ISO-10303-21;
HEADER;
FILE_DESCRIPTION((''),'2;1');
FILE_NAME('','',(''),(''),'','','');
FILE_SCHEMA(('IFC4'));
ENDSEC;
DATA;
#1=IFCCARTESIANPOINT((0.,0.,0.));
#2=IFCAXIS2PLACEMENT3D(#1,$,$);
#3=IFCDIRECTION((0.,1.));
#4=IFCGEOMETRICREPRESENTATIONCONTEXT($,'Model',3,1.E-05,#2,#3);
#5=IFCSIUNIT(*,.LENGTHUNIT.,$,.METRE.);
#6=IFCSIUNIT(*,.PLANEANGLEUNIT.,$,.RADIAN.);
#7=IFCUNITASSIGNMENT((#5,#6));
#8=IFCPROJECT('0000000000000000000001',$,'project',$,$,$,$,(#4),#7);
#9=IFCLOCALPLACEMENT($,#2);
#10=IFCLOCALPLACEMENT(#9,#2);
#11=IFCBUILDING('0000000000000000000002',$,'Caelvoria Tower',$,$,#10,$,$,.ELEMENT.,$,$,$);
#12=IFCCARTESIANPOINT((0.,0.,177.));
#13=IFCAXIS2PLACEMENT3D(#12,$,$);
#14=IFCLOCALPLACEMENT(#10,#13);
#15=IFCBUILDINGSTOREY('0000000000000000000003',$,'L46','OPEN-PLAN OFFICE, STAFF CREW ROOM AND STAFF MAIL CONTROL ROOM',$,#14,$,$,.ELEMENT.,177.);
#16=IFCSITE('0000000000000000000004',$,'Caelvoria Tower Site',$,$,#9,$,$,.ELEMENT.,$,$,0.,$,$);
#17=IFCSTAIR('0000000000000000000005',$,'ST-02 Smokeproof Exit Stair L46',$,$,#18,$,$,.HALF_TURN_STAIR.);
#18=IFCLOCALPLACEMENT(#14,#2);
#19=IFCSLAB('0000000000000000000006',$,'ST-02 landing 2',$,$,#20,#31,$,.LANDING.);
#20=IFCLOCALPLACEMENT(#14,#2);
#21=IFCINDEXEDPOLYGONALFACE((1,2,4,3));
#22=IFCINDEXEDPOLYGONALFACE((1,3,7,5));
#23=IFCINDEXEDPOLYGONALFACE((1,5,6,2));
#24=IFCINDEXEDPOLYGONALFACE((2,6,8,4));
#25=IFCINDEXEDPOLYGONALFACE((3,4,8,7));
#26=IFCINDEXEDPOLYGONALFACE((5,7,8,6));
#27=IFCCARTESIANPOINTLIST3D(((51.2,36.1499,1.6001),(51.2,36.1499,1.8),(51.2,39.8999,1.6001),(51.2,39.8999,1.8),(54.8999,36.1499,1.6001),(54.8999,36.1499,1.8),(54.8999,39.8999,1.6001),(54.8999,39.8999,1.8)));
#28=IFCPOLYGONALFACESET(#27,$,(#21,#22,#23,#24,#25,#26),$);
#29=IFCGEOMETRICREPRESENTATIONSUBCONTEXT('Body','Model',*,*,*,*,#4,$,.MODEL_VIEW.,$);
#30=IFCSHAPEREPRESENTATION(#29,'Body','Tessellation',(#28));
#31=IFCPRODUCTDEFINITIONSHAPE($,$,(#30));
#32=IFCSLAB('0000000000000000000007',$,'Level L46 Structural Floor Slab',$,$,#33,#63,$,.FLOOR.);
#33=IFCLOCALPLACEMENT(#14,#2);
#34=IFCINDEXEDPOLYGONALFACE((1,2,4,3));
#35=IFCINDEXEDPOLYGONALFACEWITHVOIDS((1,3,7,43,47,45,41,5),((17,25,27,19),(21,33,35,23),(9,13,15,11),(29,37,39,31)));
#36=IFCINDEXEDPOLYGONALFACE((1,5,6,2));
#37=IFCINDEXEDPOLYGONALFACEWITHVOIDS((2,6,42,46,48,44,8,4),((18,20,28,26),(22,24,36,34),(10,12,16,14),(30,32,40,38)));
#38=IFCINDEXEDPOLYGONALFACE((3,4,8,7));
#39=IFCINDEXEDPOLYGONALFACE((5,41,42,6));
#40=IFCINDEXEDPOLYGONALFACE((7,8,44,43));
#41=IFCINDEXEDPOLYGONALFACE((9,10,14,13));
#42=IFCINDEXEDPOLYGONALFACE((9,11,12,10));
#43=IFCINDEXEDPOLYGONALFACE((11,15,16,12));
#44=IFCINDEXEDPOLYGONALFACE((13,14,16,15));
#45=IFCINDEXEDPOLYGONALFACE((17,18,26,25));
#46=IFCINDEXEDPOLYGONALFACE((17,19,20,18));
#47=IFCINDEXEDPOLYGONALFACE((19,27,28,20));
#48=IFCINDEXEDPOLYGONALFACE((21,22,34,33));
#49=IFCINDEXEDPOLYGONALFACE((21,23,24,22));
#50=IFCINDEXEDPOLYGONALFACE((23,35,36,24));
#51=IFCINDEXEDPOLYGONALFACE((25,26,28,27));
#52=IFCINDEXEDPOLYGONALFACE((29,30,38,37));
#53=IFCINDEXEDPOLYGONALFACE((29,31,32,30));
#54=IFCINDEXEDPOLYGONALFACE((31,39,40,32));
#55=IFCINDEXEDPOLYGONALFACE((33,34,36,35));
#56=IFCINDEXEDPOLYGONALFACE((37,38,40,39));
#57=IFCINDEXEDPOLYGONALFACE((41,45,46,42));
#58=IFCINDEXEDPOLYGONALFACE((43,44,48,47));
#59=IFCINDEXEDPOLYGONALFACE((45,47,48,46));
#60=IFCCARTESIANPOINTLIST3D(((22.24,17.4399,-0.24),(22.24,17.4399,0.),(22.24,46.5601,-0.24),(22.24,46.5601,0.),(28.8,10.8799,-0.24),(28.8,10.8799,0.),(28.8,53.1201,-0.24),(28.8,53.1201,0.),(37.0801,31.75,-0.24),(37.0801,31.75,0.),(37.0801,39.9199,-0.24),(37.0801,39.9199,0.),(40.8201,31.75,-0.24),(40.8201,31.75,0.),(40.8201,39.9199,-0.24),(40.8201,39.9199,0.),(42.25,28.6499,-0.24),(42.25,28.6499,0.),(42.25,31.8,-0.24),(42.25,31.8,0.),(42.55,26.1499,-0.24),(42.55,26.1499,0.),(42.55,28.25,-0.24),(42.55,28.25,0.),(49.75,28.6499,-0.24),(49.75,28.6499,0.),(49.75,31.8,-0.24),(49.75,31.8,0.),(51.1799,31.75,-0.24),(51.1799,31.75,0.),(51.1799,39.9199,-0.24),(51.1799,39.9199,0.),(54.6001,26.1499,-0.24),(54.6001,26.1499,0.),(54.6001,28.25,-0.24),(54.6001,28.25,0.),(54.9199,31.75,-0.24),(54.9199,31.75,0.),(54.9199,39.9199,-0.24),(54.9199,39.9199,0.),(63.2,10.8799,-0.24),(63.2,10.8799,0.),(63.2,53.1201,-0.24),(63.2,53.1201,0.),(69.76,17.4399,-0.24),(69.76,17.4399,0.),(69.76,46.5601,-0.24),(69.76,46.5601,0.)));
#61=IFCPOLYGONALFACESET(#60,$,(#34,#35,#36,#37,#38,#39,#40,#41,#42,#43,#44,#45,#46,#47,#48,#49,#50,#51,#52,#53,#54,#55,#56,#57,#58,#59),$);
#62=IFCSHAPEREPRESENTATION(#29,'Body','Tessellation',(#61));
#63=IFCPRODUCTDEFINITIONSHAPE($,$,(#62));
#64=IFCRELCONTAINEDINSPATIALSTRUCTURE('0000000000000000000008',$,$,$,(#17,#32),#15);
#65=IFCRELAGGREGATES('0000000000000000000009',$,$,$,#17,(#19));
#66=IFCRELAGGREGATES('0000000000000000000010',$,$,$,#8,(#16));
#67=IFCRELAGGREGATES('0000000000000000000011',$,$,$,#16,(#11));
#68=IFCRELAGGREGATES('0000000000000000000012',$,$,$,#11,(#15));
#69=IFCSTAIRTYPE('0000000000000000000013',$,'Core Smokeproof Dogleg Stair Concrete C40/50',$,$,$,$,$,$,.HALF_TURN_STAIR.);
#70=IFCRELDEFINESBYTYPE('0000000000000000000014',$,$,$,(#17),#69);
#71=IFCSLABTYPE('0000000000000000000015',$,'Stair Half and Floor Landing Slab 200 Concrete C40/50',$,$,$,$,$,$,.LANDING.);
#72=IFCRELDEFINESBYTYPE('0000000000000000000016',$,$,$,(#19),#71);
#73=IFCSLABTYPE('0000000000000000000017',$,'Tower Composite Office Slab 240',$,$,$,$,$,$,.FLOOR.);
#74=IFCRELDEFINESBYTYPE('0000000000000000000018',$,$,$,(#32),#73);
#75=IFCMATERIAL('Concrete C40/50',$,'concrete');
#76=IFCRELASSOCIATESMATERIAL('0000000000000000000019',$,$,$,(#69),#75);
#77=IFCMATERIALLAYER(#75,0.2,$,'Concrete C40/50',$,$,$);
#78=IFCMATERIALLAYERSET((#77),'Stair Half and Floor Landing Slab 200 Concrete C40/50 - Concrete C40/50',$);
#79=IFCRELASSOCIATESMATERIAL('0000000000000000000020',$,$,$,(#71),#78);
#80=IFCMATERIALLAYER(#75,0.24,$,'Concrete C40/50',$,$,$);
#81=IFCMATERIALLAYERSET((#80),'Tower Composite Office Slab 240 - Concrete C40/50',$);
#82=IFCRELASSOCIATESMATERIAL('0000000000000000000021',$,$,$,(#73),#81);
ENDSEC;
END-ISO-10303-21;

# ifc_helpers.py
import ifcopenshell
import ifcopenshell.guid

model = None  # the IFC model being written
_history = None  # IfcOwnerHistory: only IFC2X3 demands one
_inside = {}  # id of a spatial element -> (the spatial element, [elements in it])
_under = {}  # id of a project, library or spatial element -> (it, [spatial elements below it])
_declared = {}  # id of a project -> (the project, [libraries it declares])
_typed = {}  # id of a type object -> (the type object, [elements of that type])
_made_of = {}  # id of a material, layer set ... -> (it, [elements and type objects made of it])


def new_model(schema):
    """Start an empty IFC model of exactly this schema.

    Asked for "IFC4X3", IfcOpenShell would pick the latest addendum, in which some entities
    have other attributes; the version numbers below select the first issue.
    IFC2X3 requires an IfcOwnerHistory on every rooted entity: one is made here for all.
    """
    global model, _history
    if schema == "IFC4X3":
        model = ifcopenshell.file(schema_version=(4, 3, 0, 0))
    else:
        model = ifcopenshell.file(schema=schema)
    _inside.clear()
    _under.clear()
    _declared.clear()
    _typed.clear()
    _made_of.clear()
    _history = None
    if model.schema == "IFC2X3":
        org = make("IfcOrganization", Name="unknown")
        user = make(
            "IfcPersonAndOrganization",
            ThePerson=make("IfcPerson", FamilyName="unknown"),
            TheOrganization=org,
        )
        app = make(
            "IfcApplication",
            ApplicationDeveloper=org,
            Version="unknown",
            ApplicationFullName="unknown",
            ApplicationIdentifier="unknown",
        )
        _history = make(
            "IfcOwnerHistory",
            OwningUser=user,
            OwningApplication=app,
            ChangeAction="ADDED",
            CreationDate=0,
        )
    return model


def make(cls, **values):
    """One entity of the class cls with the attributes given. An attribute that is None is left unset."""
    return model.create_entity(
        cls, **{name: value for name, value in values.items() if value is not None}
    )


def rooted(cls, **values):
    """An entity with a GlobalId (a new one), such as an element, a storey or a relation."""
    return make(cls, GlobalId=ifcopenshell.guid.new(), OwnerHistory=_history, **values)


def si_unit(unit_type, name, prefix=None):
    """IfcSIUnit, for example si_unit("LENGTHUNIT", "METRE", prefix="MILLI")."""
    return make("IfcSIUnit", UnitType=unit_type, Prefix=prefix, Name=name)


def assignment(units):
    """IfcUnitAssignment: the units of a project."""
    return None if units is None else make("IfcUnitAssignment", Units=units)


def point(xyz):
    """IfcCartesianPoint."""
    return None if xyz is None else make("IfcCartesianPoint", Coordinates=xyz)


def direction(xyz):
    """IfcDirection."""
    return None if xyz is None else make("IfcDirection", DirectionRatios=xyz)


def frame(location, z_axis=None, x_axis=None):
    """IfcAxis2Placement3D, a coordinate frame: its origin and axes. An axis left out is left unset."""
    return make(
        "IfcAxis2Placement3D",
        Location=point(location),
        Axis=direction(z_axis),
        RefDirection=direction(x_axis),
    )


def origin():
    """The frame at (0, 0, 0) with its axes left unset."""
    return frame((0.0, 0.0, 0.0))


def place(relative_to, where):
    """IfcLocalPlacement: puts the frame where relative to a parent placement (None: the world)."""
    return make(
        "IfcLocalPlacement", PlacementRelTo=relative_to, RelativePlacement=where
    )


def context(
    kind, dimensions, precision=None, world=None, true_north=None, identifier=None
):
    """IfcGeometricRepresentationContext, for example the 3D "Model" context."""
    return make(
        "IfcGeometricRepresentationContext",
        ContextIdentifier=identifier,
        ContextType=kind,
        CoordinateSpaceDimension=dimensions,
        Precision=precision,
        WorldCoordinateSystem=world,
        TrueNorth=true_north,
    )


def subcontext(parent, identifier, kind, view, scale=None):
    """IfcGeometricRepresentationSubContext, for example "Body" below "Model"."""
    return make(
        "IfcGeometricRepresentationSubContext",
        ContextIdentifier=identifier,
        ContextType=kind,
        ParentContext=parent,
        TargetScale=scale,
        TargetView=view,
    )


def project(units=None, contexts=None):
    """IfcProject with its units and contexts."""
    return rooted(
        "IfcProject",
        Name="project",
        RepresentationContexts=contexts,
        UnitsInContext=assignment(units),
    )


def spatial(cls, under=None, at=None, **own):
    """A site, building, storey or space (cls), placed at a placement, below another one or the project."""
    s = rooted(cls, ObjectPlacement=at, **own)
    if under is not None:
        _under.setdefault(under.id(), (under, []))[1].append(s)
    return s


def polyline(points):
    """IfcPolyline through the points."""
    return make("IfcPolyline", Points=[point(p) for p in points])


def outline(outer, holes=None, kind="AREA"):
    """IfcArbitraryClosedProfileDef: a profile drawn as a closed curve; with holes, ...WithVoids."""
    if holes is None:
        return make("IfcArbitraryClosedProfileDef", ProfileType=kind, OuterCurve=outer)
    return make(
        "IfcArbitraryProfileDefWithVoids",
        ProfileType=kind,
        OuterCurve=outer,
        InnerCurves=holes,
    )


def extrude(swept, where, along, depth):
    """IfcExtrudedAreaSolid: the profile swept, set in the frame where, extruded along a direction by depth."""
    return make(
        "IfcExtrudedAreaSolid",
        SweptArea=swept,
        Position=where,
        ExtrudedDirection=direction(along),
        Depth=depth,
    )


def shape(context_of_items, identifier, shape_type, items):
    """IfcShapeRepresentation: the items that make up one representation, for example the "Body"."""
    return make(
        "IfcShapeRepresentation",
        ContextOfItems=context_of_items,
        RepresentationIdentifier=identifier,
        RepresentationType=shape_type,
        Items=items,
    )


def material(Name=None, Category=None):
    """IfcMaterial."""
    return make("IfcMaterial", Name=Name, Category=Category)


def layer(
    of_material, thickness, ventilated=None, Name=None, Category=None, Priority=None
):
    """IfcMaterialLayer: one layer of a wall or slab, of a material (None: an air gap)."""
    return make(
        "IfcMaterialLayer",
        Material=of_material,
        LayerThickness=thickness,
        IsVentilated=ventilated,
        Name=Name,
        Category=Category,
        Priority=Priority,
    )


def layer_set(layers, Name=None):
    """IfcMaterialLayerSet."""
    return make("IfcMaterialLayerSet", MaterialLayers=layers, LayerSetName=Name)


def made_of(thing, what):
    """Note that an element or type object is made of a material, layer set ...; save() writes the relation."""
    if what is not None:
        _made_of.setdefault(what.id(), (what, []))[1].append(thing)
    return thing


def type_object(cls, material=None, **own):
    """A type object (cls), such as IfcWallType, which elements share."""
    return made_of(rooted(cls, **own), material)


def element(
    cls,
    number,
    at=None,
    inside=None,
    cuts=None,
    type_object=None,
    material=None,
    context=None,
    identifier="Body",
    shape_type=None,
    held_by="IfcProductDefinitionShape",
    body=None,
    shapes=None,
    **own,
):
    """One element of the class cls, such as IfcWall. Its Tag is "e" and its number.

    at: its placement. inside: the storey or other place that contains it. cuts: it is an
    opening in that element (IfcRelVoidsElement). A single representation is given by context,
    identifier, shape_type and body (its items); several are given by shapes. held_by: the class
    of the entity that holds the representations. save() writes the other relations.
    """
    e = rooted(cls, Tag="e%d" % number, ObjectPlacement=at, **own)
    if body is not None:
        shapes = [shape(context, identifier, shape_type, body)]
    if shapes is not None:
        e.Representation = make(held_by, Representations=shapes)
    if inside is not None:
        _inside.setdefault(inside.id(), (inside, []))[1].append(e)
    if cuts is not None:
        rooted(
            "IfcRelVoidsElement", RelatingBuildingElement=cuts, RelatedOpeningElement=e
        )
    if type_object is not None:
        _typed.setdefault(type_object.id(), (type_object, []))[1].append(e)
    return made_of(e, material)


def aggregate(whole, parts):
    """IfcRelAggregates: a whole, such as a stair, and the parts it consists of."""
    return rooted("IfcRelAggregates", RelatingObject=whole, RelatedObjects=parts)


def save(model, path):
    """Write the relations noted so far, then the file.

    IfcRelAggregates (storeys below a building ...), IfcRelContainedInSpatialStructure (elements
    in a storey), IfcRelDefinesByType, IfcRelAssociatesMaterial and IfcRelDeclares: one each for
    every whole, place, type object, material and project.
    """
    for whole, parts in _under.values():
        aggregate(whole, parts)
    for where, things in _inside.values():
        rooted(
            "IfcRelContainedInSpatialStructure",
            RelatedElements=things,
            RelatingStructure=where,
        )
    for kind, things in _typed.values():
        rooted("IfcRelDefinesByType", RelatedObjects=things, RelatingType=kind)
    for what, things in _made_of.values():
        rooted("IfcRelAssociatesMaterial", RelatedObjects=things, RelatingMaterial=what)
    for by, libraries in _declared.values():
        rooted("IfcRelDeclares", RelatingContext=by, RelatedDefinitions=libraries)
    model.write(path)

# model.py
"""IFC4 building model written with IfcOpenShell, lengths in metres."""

from ifc_helpers import new_model, si_unit, direction, frame, origin, place, context, subcontext, project, spatial, polyline, outline, extrude, material, layer, layer_set, type_object, element, aggregate, save


model = new_model("IFC4")

# Units and contexts
model_context = context("Model", 3, precision=1e-05, world=origin(), true_north=direction((0.0, 1.0)))
body_context = subcontext(model_context, "Body", "Model", "MODEL_VIEW")
ifc_project = project(units=[si_unit("LENGTHUNIT", "METRE"), si_unit("PLANEANGLEUNIT", "RADIAN")], contexts=[model_context])

# Site, building, storey
site_placement = place(None, origin())
site = spatial("IfcSite", under=ifc_project, at=site_placement, Name="Caelvoria Tower Site", CompositionType="ELEMENT", RefElevation=0.0)
building_placement = place(site_placement, origin())
building = spatial("IfcBuilding", under=site, at=building_placement, Name="Caelvoria Tower", CompositionType="ELEMENT")
storey_placement = place(building_placement, frame((0.0, 0.0, 177.0)))
storey = spatial("IfcBuildingStorey", under=building, at=storey_placement, Name="L46", Description="OPEN-PLAN OFFICE, STAFF CREW ROOM AND STAFF MAIL CONTROL ROOM", CompositionType="ELEMENT", Elevation=177.0)

# Stair, slab
ifc_material_1 = material(Name="Concrete C40/50", Category="concrete")
stair_type = type_object("IfcStairType", Name="Core Smokeproof Dogleg Stair Concrete C40/50", PredefinedType="HALF_TURN_STAIR", material=ifc_material_1)
ifc_layer_1 = layer(ifc_material_1, 0.2, Name="Concrete C40/50")
ifc_layer_set_1 = layer_set([ifc_layer_1], Name="Stair Half and Floor Landing Slab 200 Concrete C40/50 - Concrete C40/50")
slab_type_1 = type_object("IfcSlabType", Name="Stair Half and Floor Landing Slab 200 Concrete C40/50", PredefinedType="LANDING", material=ifc_layer_set_1)
stair_1_placement = place(storey_placement, origin())
stair_1 = element("IfcStair", 1, at=stair_1_placement, inside=storey, type_object=stair_type, Name="ST-02 Smokeproof Exit Stair L46", PredefinedType="HALF_TURN_STAIR")
slab_1_placement = place(storey_placement, frame((0.0, 0.0, 1.6001)))
slab_1 = element("IfcSlab", 2, at=slab_1_placement, type_object=slab_type_1, Name="ST-02 landing 2", PredefinedType="LANDING", context=body_context, shape_type="SweptSolid", body=[
    extrude(outline(polyline([(51.2, 36.1499), (54.8999, 36.1499), (54.8999, 39.8999), (51.2, 39.8999), (51.2, 36.1499)])), origin(), (0.0, 0.0, 1.0), 0.2),
])
aggregate(stair_1, [slab_1])

# Slab
ifc_layer_2 = layer(ifc_material_1, 0.24, Name="Concrete C40/50")
ifc_layer_set_2 = layer_set([ifc_layer_2], Name="Tower Composite Office Slab 240 - Concrete C40/50")
slab_type_2 = type_object("IfcSlabType", Name="Tower Composite Office Slab 240", PredefinedType="FLOOR", material=ifc_layer_set_2)
slab_2_placement = place(storey_placement, frame((0.0, 0.0, -0.24)))
element("IfcSlab", 3, at=slab_2_placement, inside=storey, type_object=slab_type_2, Name="Level L46 Structural Floor Slab", PredefinedType="FLOOR", context=body_context, shape_type="SweptSolid", body=[
    extrude(outline(polyline([(28.8, 10.8799), (63.2, 10.8799), (69.76, 17.4399), (69.76, 46.5601), (63.2, 53.1201), (28.8, 53.1201), (22.24, 46.5601), (22.24, 17.4399), (28.8, 10.8799)]), holes=[polyline([(37.0801, 31.75), (40.8201, 31.75), (40.8201, 39.9199), (37.0801, 39.9199), (37.0801, 31.75)]), polyline([(51.1799, 31.75), (54.9199, 31.75), (54.9199, 39.9199), (51.1799, 39.9199), (51.1799, 31.75)]), polyline([(42.25, 28.6499), (49.75, 28.6499), (49.75, 31.8), (42.25, 31.8), (42.25, 28.6499)]), polyline([(42.55, 26.1499), (54.6001, 26.1499), (54.6001, 28.25), (42.55, 28.25), (42.55, 26.1499)])]), origin(), (0.0, 0.0, 1.0), 0.24),
])

save(model, "model.ifc")
